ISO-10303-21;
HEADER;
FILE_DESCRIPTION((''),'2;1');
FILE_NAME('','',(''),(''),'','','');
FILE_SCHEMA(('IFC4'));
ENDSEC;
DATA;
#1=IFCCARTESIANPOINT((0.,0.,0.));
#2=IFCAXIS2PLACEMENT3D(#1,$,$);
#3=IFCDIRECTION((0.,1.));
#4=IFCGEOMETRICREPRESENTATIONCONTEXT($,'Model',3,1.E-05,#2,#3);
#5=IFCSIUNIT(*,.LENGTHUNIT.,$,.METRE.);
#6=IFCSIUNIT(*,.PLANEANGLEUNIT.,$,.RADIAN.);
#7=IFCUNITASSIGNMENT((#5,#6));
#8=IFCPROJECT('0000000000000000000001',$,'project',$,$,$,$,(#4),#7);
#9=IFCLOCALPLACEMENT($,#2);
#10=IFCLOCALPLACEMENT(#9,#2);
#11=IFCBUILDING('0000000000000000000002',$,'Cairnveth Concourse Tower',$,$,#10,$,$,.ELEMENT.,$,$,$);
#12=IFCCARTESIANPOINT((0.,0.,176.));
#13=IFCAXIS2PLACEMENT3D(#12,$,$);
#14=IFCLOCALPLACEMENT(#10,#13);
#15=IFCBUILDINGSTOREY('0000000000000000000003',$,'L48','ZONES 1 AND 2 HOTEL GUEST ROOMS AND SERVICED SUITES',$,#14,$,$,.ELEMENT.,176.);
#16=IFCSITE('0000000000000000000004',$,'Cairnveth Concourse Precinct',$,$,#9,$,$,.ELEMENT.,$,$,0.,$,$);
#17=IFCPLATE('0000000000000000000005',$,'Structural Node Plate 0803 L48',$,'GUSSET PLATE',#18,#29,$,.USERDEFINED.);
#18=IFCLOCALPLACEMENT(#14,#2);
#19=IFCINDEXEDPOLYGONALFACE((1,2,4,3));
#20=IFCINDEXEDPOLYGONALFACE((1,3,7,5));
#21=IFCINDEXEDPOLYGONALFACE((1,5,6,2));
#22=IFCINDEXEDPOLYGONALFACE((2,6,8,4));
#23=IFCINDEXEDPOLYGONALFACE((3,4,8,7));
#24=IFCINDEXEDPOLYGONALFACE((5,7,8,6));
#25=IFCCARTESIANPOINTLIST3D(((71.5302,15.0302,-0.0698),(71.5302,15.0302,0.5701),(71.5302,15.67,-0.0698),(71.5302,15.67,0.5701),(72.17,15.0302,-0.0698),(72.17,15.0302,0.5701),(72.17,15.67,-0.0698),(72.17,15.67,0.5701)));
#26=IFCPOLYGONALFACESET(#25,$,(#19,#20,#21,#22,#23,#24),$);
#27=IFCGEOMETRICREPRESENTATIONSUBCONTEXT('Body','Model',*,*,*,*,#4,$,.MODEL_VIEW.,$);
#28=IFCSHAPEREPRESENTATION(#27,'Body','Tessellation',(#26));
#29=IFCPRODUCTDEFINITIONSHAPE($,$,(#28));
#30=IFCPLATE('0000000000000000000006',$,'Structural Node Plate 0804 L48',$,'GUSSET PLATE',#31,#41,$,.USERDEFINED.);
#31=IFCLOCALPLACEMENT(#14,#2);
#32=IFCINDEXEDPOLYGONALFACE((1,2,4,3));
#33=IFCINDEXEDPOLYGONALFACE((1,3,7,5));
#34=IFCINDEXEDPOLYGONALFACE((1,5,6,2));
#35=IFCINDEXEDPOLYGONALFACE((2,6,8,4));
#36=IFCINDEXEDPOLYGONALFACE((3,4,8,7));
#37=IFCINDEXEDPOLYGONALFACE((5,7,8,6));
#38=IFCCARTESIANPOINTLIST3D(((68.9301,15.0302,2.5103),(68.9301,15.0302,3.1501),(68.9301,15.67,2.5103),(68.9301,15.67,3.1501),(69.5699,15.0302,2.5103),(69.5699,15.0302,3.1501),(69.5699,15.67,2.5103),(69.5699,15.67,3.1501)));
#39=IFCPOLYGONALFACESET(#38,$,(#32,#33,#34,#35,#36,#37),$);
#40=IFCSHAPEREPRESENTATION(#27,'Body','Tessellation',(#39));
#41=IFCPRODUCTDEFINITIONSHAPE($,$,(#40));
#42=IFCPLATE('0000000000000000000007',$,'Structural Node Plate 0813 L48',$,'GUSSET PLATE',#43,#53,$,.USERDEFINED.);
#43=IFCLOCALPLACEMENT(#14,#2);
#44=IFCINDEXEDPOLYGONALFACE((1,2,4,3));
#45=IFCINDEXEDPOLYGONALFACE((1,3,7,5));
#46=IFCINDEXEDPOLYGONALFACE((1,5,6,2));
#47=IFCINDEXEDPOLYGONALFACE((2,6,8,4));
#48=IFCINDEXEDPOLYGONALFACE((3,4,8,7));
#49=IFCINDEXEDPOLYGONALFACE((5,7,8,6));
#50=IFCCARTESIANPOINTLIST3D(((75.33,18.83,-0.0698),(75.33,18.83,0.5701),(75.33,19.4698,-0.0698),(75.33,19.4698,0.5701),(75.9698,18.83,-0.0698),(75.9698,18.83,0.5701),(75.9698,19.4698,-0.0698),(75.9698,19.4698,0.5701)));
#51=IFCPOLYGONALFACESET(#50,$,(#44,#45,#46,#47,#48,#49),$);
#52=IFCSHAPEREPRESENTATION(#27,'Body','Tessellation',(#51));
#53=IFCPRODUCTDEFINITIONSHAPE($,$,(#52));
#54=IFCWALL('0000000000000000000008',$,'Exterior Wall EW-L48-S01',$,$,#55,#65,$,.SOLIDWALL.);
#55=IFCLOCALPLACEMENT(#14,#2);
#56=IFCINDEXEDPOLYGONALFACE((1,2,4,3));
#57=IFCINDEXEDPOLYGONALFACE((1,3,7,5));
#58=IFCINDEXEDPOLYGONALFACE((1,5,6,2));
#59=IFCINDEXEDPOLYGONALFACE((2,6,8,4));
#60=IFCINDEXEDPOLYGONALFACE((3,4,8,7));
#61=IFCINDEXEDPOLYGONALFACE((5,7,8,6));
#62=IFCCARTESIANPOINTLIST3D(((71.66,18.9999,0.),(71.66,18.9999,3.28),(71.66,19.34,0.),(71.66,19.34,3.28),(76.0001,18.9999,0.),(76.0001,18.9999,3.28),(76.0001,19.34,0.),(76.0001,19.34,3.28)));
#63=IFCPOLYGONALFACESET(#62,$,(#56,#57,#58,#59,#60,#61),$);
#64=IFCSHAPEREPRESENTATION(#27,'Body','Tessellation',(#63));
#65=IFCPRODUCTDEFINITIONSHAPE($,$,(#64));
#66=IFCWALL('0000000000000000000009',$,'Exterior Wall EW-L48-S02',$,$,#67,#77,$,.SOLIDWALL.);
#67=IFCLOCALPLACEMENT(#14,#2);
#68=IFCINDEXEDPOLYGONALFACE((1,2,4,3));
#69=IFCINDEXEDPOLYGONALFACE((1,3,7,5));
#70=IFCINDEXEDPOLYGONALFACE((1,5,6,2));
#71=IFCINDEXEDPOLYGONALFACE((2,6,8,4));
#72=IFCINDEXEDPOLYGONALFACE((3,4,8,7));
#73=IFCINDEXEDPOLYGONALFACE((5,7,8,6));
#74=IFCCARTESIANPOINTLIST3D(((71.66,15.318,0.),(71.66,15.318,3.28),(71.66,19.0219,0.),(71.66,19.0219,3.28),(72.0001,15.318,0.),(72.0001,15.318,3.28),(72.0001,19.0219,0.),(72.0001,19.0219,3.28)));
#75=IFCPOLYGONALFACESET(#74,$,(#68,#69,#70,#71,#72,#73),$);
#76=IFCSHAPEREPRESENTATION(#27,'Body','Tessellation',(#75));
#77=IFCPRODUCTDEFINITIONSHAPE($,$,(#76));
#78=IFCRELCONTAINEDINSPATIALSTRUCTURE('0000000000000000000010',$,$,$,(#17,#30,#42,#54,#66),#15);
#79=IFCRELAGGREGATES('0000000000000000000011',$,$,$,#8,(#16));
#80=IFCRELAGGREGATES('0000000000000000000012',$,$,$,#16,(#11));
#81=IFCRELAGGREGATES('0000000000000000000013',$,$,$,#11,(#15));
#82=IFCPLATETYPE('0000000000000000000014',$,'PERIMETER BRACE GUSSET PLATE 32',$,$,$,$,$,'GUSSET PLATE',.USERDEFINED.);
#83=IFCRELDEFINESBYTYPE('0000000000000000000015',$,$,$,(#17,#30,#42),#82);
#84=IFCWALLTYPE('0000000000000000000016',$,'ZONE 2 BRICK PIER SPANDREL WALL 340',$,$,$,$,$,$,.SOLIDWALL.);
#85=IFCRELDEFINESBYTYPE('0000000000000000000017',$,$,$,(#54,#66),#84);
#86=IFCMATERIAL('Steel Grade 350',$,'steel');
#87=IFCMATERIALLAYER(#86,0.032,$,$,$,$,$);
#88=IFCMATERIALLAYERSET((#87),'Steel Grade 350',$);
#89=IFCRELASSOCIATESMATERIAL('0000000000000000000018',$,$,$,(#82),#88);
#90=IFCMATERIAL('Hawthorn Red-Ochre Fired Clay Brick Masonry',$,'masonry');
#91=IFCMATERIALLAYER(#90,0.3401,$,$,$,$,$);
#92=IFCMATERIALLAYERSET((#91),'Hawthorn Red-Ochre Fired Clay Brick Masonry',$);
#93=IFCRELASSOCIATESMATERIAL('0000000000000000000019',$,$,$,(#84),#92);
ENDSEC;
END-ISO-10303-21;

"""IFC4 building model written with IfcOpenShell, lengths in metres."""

from ifc_helpers import new_model, si_unit, direction, frame, frame_2d, origin, origin_2d, place, context, subcontext, project, spatial, rectangle, extrude, material, layer, layer_set, type_object, element, save


model = new_model("IFC4")

# Units and contexts
model_context = context("Model", 3, precision=1e-05, world=origin(), true_north=direction((0.0, 1.0)))
body_context = subcontext(model_context, "Body", "Model", "MODEL_VIEW")
ifc_project = project(units=[si_unit("LENGTHUNIT", "METRE"), si_unit("PLANEANGLEUNIT", "RADIAN")], contexts=[model_context])

# Site, building, storey
site_placement = place(None, origin())
site = spatial("IfcSite", under=ifc_project, at=site_placement, Name="Cairnveth Concourse Precinct", CompositionType="ELEMENT", RefElevation=0.0)
building_placement = place(site_placement, origin())
building = spatial("IfcBuilding", under=site, at=building_placement, Name="Cairnveth Concourse Tower", CompositionType="ELEMENT")
storey_placement = place(building_placement, frame((0.0, 0.0, 176.0)))
storey = spatial("IfcBuildingStorey", under=building, at=storey_placement, Name="L48", Description="ZONES 1 AND 2 HOTEL GUEST ROOMS AND SERVICED SUITES", CompositionType="ELEMENT", Elevation=176.0)

# Shared definitions
ifc_material_1 = material(Name="Steel Grade 350", Category="steel")

# Plates
ifc_layer_1 = layer(ifc_material_1, 0.032)
ifc_layer_set_1 = layer_set([ifc_layer_1], Name="Steel Grade 350")
plate_type = type_object("IfcPlateType", Name="PERIMETER BRACE GUSSET PLATE 32", ElementType="GUSSET PLATE", PredefinedType="USERDEFINED", material=ifc_layer_set_1)
for number, where, z_axis, x_axis, name in (
    (1, (71.8501, 15.3501, -0.0698), (0.0, 0.0, 1.0), (1.0, 0.0, 0.0), "Structural Node Plate 0803 L48"),
    (2, (69.25, 15.3501, 2.5103), (0.0, 0.0, 1.0), (1.0, 0.0, 0.0), "Structural Node Plate 0804 L48"),
    (3, (75.6499, 19.1499, -0.0698), (0.0, 0.0, 1.0), (1.0, 0.0, 0.0), "Structural Node Plate 0813 L48"),
):
    element("IfcPlate", number, at=place(storey_placement, frame(where, z_axis=z_axis, x_axis=x_axis)), inside=storey, type_object=plate_type, Name=name, ObjectType="GUSSET PLATE", PredefinedType="USERDEFINED", context=body_context, shape_type="SweptSolid", body=[
        extrude(rectangle(XDim=0.6399, YDim=0.6399, at=origin_2d()), origin(), (0.0, 0.0, 1.0), 0.6399),
    ])

# Walls
ifc_material_2 = material(Name="Hawthorn Red-Ochre Fired Clay Brick Masonry", Category="masonry")
ifc_layer_2 = layer(ifc_material_2, 0.3401)
ifc_layer_set_2 = layer_set([ifc_layer_2], Name="Hawthorn Red-Ochre Fired Clay Brick Masonry")
wall_type = type_object("IfcWallType", Name="ZONE 2 BRICK PIER SPANDREL WALL 340", PredefinedType="SOLIDWALL", material=ifc_layer_set_2)
wall_1_placement = place(storey_placement, frame((76.0, 19.1699, 0.0), z_axis=(0.0, 0.0, 1.0), x_axis=(-1.0, 0.0, 0.0)))
element("IfcWall", 4, at=wall_1_placement, inside=storey, type_object=wall_type, Name="Exterior Wall EW-L48-S01", PredefinedType="SOLIDWALL", context=body_context, shape_type="SweptSolid", body=[
    extrude(rectangle(XDim=4.3401, YDim=0.3401, at=frame_2d((2.1699, 0.0))), origin(), (0.0, 0.0, 1.0), 3.28),
])
wall_2_placement = place(storey_placement, frame((71.8301, 19.022, 0.0), z_axis=(0.0, 0.0, 1.0), x_axis=(0.0, -1.0, 0.0)))
element("IfcWall", 5, at=wall_2_placement, inside=storey, type_object=wall_type, Name="Exterior Wall EW-L48-S02", PredefinedType="SOLIDWALL", context=body_context, shape_type="SweptSolid", body=[
    extrude(rectangle(XDim=3.7039, YDim=0.3401, at=frame_2d((1.8521, 0.0))), origin(), (0.0, 0.0, 1.0), 3.28),
])

save(model, "model.ifc")
